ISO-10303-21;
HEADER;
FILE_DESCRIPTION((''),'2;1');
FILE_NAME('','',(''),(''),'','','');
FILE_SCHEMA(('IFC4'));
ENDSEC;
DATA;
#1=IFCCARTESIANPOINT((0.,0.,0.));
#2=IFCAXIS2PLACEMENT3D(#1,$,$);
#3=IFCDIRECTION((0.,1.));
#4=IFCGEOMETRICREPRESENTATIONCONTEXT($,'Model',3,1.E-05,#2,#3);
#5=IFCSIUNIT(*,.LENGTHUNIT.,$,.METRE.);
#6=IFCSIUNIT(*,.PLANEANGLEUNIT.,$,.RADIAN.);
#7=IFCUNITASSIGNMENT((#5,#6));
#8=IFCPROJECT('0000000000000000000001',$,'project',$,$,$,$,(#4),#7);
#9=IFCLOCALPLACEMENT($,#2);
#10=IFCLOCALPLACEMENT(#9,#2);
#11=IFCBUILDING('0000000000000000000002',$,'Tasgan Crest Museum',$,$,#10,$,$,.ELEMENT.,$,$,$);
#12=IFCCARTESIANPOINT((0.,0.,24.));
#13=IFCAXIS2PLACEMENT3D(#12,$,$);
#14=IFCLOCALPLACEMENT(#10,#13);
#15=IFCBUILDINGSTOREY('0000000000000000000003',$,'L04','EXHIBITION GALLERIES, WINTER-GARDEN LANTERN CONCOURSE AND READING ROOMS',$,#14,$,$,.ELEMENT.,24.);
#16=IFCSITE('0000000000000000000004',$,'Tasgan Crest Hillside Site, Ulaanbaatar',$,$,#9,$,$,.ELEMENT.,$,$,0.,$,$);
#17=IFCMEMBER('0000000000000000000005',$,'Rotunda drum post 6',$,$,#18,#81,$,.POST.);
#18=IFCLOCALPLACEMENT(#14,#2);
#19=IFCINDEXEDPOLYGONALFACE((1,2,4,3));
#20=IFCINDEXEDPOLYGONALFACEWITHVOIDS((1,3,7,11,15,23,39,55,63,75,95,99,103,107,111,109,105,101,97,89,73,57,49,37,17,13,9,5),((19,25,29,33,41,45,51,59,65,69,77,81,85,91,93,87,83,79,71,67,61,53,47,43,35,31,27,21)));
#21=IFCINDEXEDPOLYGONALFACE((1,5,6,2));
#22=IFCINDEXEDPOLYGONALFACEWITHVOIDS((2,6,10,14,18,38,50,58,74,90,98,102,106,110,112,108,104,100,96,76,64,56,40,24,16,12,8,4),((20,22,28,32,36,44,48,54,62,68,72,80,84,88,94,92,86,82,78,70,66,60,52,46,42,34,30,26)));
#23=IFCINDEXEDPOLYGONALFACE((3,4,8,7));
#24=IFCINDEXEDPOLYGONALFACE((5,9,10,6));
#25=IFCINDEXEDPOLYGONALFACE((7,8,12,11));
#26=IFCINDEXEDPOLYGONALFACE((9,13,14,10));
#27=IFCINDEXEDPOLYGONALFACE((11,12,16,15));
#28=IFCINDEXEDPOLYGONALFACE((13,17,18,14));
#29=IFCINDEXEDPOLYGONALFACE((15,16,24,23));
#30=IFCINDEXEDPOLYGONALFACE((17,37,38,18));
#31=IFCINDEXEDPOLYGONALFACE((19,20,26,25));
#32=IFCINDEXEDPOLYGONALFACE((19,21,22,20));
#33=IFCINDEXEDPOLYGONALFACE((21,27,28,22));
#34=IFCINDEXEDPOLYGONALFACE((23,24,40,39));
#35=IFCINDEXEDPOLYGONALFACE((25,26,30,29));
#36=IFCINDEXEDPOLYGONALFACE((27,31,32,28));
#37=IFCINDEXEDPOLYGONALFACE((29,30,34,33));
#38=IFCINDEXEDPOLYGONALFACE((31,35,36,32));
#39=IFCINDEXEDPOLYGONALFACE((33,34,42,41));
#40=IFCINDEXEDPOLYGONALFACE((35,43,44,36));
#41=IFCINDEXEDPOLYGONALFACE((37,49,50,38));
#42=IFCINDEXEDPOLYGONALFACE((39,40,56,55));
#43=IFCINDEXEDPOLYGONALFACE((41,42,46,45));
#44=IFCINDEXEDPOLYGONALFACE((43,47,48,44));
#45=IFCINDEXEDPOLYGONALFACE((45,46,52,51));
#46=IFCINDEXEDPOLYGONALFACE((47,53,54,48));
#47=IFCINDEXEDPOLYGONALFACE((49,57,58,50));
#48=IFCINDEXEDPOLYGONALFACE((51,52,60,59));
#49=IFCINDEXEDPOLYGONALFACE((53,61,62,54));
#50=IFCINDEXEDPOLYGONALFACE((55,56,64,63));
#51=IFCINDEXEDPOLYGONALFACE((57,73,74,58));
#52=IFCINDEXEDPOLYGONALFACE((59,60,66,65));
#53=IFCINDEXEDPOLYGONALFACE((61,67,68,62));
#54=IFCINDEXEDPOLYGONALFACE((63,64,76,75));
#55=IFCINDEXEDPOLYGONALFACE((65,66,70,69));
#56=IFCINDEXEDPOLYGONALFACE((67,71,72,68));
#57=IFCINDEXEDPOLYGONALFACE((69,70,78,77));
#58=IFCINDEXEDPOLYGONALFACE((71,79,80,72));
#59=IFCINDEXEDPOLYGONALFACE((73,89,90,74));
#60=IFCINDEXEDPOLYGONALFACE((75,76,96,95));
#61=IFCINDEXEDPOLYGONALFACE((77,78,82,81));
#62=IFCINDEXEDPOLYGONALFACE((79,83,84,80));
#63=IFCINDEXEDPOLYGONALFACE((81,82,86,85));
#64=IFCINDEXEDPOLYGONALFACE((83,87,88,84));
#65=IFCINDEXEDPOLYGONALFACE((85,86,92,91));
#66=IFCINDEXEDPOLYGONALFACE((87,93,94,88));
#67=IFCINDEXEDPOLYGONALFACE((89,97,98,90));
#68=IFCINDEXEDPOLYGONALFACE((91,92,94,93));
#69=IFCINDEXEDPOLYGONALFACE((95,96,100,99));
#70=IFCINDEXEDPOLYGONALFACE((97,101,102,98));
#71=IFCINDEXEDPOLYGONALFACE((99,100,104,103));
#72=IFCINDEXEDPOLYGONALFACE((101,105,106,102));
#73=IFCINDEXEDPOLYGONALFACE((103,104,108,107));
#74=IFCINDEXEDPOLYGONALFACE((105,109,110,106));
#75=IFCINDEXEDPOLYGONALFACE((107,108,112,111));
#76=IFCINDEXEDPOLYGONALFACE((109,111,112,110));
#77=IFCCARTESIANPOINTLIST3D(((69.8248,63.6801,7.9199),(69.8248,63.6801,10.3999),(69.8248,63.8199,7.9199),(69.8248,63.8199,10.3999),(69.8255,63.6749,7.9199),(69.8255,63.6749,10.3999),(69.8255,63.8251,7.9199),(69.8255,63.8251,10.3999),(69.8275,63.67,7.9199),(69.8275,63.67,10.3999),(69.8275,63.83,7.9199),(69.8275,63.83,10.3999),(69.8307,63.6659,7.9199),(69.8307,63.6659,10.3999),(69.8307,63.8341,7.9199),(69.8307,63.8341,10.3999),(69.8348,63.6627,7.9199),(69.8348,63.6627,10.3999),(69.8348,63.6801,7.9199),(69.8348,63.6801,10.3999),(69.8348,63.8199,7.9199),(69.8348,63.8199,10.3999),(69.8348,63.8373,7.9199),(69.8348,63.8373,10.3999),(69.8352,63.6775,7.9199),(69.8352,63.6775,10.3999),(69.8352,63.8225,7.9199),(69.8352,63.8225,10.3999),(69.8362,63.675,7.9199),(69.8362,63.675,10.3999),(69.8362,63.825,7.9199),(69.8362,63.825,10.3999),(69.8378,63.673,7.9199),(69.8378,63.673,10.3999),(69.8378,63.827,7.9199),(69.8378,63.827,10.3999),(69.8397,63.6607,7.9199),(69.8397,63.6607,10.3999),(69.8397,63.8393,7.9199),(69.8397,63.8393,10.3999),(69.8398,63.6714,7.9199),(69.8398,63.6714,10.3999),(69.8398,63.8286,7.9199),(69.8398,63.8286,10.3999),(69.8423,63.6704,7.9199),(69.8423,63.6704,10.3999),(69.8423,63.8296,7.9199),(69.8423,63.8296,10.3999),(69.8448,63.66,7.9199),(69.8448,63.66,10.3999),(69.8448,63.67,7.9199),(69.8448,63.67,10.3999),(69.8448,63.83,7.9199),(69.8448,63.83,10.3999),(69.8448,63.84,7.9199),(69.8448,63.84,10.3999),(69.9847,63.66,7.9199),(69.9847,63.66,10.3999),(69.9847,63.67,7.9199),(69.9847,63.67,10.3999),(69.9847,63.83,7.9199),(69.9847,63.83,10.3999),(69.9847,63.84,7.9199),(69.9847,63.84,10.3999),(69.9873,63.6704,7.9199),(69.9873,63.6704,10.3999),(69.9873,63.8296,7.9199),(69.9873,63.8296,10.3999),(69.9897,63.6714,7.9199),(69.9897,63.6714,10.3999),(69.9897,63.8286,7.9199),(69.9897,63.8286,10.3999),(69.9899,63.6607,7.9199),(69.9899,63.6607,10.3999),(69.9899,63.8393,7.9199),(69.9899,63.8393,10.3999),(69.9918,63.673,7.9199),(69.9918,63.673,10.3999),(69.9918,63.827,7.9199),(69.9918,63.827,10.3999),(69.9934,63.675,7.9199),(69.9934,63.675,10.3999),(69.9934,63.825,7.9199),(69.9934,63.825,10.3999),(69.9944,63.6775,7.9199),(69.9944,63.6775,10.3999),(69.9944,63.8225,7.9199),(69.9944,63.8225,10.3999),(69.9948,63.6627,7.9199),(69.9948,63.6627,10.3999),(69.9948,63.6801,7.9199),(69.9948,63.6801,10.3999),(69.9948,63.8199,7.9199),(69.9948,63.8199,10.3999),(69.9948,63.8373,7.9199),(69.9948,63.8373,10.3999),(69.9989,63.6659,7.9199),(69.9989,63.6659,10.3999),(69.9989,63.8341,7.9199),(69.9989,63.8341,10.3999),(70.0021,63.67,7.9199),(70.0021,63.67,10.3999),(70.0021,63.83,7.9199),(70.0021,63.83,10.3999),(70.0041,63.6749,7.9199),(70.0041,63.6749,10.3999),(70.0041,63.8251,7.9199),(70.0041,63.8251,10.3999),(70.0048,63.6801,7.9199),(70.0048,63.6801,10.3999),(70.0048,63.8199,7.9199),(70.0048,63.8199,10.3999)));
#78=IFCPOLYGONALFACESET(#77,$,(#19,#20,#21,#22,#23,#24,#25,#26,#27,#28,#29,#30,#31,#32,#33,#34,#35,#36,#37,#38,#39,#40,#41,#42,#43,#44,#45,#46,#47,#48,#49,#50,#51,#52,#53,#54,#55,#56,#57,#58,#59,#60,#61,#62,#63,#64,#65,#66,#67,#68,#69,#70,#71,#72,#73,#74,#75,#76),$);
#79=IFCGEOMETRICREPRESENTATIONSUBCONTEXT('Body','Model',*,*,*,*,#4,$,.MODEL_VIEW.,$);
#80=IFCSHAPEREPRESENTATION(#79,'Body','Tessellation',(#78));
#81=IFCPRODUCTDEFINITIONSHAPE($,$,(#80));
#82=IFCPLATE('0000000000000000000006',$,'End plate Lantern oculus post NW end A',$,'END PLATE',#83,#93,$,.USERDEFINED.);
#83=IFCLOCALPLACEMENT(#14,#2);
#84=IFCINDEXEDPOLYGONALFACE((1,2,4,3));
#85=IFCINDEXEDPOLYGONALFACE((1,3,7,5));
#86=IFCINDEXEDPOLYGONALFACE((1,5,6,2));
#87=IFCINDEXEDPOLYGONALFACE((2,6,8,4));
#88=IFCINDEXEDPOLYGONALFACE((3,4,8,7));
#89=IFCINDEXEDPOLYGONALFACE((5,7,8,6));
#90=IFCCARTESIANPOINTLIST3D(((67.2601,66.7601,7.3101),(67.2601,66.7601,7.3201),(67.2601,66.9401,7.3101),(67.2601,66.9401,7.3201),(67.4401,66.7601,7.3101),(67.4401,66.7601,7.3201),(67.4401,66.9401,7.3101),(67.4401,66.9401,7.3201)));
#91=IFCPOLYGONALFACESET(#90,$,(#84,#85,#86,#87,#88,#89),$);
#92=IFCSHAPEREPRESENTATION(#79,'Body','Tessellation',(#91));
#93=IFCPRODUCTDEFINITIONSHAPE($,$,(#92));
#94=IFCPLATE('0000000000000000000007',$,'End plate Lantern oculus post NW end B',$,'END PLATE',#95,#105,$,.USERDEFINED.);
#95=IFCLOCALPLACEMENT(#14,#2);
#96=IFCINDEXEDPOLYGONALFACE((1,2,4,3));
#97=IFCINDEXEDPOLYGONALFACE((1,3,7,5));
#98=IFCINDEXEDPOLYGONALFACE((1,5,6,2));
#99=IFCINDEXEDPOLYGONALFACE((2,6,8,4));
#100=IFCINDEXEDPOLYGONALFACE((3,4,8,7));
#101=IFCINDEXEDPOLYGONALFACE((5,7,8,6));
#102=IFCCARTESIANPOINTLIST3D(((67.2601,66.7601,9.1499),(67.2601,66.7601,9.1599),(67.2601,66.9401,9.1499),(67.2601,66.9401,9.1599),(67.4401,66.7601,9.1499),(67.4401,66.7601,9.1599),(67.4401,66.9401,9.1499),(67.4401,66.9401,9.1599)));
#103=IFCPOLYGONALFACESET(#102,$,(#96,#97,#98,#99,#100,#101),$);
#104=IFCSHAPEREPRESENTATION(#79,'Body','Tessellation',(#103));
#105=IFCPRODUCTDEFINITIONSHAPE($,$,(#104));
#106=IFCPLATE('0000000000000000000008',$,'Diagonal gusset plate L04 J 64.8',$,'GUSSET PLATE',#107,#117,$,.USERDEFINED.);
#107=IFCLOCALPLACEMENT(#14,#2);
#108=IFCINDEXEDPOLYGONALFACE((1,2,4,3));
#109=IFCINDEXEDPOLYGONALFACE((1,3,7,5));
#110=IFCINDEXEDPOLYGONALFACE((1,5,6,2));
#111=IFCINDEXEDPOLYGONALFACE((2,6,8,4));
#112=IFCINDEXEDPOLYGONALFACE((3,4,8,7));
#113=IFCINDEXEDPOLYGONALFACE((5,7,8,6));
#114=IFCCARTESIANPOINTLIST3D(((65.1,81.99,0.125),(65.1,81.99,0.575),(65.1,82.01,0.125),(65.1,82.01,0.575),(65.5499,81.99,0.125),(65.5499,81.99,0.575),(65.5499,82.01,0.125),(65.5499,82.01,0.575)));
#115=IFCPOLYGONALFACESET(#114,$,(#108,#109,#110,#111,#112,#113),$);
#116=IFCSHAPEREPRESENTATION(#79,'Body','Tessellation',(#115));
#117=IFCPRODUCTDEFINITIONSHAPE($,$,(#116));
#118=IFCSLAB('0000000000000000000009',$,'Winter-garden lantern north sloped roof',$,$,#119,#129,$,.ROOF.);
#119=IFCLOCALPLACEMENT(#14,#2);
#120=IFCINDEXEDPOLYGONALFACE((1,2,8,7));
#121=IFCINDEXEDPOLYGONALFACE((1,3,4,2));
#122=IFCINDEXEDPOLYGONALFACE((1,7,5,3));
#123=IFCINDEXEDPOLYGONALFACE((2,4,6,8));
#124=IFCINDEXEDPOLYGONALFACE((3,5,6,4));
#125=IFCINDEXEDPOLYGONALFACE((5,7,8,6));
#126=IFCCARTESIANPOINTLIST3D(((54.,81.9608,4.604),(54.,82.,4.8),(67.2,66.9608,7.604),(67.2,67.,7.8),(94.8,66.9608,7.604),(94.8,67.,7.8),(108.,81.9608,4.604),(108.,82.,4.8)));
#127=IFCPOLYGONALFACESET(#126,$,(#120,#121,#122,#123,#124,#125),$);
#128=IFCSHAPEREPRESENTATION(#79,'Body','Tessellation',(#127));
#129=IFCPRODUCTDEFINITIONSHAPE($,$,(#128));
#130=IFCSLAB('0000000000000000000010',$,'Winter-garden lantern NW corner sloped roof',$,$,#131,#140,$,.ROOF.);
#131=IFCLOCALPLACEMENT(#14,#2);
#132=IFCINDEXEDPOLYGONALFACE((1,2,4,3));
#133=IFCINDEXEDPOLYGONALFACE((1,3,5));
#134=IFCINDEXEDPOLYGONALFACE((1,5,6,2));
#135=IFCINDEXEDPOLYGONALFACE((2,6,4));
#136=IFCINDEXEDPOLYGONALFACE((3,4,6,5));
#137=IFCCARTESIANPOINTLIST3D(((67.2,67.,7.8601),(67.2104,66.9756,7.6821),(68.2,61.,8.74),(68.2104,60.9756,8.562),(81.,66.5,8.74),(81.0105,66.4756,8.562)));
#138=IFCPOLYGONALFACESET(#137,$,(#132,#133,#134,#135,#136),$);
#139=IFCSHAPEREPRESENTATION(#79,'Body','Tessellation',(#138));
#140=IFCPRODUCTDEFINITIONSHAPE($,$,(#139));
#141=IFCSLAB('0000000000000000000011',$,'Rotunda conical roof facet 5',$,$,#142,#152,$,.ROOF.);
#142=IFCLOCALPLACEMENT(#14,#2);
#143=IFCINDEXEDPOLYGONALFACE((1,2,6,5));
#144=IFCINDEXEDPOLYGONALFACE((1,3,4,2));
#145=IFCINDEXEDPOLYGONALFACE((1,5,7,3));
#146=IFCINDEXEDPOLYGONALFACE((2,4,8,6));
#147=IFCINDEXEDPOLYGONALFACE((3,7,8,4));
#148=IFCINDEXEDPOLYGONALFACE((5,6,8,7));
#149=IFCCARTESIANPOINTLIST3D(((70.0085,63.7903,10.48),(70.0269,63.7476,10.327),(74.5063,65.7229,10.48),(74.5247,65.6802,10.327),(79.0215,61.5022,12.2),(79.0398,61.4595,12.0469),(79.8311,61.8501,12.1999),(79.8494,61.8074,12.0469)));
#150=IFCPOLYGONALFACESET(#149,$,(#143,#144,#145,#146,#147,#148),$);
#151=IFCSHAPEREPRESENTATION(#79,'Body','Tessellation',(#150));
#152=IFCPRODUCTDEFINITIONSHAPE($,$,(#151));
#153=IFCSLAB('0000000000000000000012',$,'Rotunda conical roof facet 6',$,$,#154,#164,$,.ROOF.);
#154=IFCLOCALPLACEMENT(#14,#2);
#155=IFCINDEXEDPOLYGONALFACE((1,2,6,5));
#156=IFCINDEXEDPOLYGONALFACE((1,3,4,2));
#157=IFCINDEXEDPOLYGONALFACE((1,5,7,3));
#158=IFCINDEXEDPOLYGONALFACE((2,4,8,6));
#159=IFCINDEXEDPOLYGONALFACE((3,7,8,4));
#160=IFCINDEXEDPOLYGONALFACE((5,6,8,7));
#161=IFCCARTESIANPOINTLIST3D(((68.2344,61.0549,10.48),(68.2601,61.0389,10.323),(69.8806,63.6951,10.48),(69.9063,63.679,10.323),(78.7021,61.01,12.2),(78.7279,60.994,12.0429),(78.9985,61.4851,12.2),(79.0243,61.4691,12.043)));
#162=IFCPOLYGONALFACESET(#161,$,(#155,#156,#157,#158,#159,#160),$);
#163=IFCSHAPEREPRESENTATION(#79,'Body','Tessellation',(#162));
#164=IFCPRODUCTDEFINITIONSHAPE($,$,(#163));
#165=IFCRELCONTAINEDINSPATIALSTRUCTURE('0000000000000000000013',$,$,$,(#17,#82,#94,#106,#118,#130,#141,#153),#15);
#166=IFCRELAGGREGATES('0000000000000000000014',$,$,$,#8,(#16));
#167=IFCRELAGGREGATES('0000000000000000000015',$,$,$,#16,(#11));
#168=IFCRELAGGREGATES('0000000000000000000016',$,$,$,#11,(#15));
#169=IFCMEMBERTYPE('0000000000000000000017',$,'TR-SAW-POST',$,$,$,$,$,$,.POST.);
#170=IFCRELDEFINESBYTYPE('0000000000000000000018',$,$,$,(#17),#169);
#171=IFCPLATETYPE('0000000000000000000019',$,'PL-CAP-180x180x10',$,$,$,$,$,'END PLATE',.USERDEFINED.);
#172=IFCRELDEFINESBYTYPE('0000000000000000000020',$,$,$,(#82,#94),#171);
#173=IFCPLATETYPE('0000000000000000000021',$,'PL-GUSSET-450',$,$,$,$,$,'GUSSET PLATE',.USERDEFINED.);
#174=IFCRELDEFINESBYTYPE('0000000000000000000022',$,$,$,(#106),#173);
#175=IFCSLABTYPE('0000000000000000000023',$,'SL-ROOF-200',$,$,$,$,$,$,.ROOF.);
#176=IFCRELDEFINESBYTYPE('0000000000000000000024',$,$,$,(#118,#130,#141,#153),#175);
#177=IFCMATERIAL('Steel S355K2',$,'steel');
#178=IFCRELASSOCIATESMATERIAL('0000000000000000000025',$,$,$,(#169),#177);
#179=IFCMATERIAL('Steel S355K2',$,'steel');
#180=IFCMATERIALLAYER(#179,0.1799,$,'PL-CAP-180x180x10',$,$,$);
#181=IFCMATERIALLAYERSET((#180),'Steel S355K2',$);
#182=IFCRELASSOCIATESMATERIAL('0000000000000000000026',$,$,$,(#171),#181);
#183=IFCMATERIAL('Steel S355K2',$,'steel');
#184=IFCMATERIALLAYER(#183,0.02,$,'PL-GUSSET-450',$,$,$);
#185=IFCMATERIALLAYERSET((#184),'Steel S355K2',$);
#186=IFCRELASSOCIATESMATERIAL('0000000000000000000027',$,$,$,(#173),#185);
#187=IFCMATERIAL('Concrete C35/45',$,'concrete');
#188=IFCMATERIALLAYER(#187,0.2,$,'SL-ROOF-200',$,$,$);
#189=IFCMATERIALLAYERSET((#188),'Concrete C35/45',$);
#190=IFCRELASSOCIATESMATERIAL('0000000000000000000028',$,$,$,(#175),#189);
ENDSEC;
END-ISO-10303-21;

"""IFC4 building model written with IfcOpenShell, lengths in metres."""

from ifc_helpers import new_model, si_unit, direction, frame, origin, origin_2d, place, context, subcontext, project, spatial, polyline, rectangle, hollow_rectangle, outline, extrude, material, layer, layer_set, material_profile, profile_set, type_object, element, save


model = new_model("IFC4")

# Units and contexts
model_context = context("Model", 3, precision=1e-05, world=origin(), true_north=direction((0.0, 1.0)))
body_context = subcontext(model_context, "Body", "Model", "MODEL_VIEW")
ifc_project = project(units=[si_unit("LENGTHUNIT", "METRE"), si_unit("PLANEANGLEUNIT", "RADIAN")], contexts=[model_context])

# Site, building, storey
site_placement = place(None, origin())
site = spatial("IfcSite", under=ifc_project, at=site_placement, Name="Tasgan Crest Hillside Site, Ulaanbaatar", CompositionType="ELEMENT", RefElevation=0.0)
building_placement = place(site_placement, origin())
building = spatial("IfcBuilding", under=site, at=building_placement, Name="Tasgan Crest Museum", CompositionType="ELEMENT")
storey_placement = place(building_placement, frame((0.0, 0.0, 24.0)))
storey = spatial("IfcBuildingStorey", under=building, at=storey_placement, Name="L04", Description="EXHIBITION GALLERIES, WINTER-GARDEN LANTERN CONCOURSE AND READING ROOMS", CompositionType="ELEMENT", Elevation=24.0)

# Member
ifc_material_1 = material(Name="Steel S355K2", Category="steel")
ifc_material_profile_1 = material_profile(ifc_material_1, hollow_rectangle(XDim=0.1799, YDim=0.1799, WallThickness=0.01, InnerFilletRadius=0.01, OuterFilletRadius=0.02, at=origin_2d()), Name="SHS 180x180x10")
ifc_profile_set_1 = profile_set([ifc_material_profile_1], Name="Steel S355K2")
member_type_1 = type_object("IfcMemberType", Name="TR-SAW-POST", PredefinedType="POST", material=ifc_profile_set_1)
for number, where, z_axis, x_axis, name in (
    (1, (69.9148, 63.75, 7.9199), (0.0, 0.0, 1.0), (1.0, 0.0, 0.0), "Rotunda drum post 6"),
):
    element("IfcMember", number, at=place(storey_placement, frame(where, z_axis=z_axis, x_axis=x_axis)), inside=storey, type_object=member_type_1, Name=name, PredefinedType="POST", context=body_context, shape_type="SweptSolid", body=[
        extrude(hollow_rectangle(XDim=0.1799, YDim=0.1799, WallThickness=0.01, InnerFilletRadius=0.01, OuterFilletRadius=0.02, at=origin_2d()), origin(), (0.0, 0.0, 1.0), 2.48),
    ])

# Plates
ifc_material_2 = material(Name="Steel S355K2", Category="steel")
ifc_layer_1 = layer(ifc_material_2, 0.1799, Name="PL-CAP-180x180x10")
ifc_layer_set_1 = layer_set([ifc_layer_1], Name="Steel S355K2")
plate_type_1 = type_object("IfcPlateType", Name="PL-CAP-180x180x10", ElementType="END PLATE", PredefinedType="USERDEFINED", material=ifc_layer_set_1)
for number, where, z_axis, x_axis, name in (
    (2, (67.3501, 66.8501, 7.3101), (0.0, 0.0, 1.0), (1.0, 0.0, 0.0), "End plate Lantern oculus post NW end A"),
    (3, (67.3501, 66.8501, 9.1499), (0.0, 0.0, 1.0), (1.0, 0.0, 0.0), "End plate Lantern oculus post NW end B"),
):
    element("IfcPlate", number, at=place(storey_placement, frame(where, z_axis=z_axis, x_axis=x_axis)), inside=storey, type_object=plate_type_1, Name=name, ObjectType="END PLATE", PredefinedType="USERDEFINED", context=body_context, shape_type="SweptSolid", body=[
        extrude(rectangle(XDim=0.1799, YDim=0.1799, at=origin_2d()), origin(), (0.0, 0.0, 1.0), 0.01),
    ])
ifc_material_3 = material(Name="Steel S355K2", Category="steel")
ifc_layer_2 = layer(ifc_material_3, 0.02, Name="PL-GUSSET-450")
ifc_layer_set_2 = layer_set([ifc_layer_2], Name="Steel S355K2")
plate_type_2 = type_object("IfcPlateType", Name="PL-GUSSET-450", ElementType="GUSSET PLATE", PredefinedType="USERDEFINED", material=ifc_layer_set_2)
plate_placement = place(storey_placement, frame((65.325, 82.0, 0.125), z_axis=(0.0, 0.0, 1.0), x_axis=(1.0, 0.0, 0.0)))
element("IfcPlate", 4, at=plate_placement, inside=storey, type_object=plate_type_2, Name="Diagonal gusset plate L04 J 64.8", ObjectType="GUSSET PLATE", PredefinedType="USERDEFINED", context=body_context, shape_type="SweptSolid", body=[
    extrude(rectangle(XDim=0.45, YDim=0.02, at=origin_2d()), origin(), (0.0, 0.0, 1.0), 0.45),
])

# Slabs
ifc_material_4 = material(Name="Concrete C35/45", Category="concrete")
ifc_layer_3 = layer(ifc_material_4, 0.2, Name="SL-ROOF-200")
ifc_layer_set_3 = layer_set([ifc_layer_3], Name="Concrete C35/45")
slab_type = type_object("IfcSlabType", Name="SL-ROOF-200", PredefinedType="ROOF", material=ifc_layer_set_3)
slab_1_placement = place(storey_placement, frame((67.2, 67.0, 7.8), z_axis=(0.0, 0.196116, 0.980581), x_axis=(1.0, 0.0, 0.0)))
element("IfcSlab", 5, at=slab_1_placement, inside=storey, type_object=slab_type, Name="Winter-garden lantern north sloped roof", PredefinedType="ROOF", context=body_context, shape_type="SweptSolid", body=[
    extrude(outline(polyline([(0.0, 0.0), (27.6001, 0.0), (40.8, 15.2971), (-13.2, 15.2971), (0.0, 0.0)])), origin(), (0.0, 0.0, -1.0), 0.2),
])
slab_2_placement = place(storey_placement, frame((67.2, 67.0, 7.8601), z_axis=(-0.05816, 0.135354, 0.989089), x_axis=(0.162706, -0.976233, 0.143162)))
element("IfcSlab", 6, at=slab_2_placement, inside=storey, type_object=slab_type, Name="Winter-garden lantern NW corner sloped roof", PredefinedType="ROOF", context=body_context, shape_type="SweptSolid", body=[
    extrude(outline(polyline([(0.0, 0.0), (6.1461, 0.0), (2.8594, 13.5384), (0.0, 0.0)])), origin(), (0.0, 0.0, -1.0), 0.1799),
])
slab_3_placement = place(storey_placement, frame((74.5063, 65.7229, 10.48), z_axis=(-0.114778, 0.26712, 0.956803), x_axis=(-0.918776, -0.39478, -0.000002)))
element("IfcSlab", 7, at=slab_3_placement, inside=storey, type_object=slab_type, Name="Rotunda conical roof facet 5", PredefinedType="ROOF", context=body_context, shape_type="SweptSolid", body=[
    extrude(outline(polyline([(0.0, 0.0), (4.8954, 0.0), (-2.4821, 5.9159), (-3.3633, 5.9159), (0.0, 0.0)])), origin(), (0.0, 0.0, -1.0), 0.1599),
])
slab_4_placement = place(storey_placement, frame((69.8806, 63.6951, 10.48), z_axis=(-0.160898, 0.100334, 0.981858), x_axis=(-0.529111, -0.848553, 0.000006)))
element("IfcSlab", 8, at=slab_4_placement, inside=storey, type_object=slab_type, Name="Rotunda conical roof facet 6", PredefinedType="ROOF", context=body_context, shape_type="SweptSolid", body=[
    extrude(outline(polyline([(0.0, 0.0), (3.1113, 0.0), (-2.3891, 9.0708), (-2.9491, 9.0709), (0.0, 0.0)])), origin(), (0.0, 0.0, -1.0), 0.1599),
])

save(model, "model.ifc")
